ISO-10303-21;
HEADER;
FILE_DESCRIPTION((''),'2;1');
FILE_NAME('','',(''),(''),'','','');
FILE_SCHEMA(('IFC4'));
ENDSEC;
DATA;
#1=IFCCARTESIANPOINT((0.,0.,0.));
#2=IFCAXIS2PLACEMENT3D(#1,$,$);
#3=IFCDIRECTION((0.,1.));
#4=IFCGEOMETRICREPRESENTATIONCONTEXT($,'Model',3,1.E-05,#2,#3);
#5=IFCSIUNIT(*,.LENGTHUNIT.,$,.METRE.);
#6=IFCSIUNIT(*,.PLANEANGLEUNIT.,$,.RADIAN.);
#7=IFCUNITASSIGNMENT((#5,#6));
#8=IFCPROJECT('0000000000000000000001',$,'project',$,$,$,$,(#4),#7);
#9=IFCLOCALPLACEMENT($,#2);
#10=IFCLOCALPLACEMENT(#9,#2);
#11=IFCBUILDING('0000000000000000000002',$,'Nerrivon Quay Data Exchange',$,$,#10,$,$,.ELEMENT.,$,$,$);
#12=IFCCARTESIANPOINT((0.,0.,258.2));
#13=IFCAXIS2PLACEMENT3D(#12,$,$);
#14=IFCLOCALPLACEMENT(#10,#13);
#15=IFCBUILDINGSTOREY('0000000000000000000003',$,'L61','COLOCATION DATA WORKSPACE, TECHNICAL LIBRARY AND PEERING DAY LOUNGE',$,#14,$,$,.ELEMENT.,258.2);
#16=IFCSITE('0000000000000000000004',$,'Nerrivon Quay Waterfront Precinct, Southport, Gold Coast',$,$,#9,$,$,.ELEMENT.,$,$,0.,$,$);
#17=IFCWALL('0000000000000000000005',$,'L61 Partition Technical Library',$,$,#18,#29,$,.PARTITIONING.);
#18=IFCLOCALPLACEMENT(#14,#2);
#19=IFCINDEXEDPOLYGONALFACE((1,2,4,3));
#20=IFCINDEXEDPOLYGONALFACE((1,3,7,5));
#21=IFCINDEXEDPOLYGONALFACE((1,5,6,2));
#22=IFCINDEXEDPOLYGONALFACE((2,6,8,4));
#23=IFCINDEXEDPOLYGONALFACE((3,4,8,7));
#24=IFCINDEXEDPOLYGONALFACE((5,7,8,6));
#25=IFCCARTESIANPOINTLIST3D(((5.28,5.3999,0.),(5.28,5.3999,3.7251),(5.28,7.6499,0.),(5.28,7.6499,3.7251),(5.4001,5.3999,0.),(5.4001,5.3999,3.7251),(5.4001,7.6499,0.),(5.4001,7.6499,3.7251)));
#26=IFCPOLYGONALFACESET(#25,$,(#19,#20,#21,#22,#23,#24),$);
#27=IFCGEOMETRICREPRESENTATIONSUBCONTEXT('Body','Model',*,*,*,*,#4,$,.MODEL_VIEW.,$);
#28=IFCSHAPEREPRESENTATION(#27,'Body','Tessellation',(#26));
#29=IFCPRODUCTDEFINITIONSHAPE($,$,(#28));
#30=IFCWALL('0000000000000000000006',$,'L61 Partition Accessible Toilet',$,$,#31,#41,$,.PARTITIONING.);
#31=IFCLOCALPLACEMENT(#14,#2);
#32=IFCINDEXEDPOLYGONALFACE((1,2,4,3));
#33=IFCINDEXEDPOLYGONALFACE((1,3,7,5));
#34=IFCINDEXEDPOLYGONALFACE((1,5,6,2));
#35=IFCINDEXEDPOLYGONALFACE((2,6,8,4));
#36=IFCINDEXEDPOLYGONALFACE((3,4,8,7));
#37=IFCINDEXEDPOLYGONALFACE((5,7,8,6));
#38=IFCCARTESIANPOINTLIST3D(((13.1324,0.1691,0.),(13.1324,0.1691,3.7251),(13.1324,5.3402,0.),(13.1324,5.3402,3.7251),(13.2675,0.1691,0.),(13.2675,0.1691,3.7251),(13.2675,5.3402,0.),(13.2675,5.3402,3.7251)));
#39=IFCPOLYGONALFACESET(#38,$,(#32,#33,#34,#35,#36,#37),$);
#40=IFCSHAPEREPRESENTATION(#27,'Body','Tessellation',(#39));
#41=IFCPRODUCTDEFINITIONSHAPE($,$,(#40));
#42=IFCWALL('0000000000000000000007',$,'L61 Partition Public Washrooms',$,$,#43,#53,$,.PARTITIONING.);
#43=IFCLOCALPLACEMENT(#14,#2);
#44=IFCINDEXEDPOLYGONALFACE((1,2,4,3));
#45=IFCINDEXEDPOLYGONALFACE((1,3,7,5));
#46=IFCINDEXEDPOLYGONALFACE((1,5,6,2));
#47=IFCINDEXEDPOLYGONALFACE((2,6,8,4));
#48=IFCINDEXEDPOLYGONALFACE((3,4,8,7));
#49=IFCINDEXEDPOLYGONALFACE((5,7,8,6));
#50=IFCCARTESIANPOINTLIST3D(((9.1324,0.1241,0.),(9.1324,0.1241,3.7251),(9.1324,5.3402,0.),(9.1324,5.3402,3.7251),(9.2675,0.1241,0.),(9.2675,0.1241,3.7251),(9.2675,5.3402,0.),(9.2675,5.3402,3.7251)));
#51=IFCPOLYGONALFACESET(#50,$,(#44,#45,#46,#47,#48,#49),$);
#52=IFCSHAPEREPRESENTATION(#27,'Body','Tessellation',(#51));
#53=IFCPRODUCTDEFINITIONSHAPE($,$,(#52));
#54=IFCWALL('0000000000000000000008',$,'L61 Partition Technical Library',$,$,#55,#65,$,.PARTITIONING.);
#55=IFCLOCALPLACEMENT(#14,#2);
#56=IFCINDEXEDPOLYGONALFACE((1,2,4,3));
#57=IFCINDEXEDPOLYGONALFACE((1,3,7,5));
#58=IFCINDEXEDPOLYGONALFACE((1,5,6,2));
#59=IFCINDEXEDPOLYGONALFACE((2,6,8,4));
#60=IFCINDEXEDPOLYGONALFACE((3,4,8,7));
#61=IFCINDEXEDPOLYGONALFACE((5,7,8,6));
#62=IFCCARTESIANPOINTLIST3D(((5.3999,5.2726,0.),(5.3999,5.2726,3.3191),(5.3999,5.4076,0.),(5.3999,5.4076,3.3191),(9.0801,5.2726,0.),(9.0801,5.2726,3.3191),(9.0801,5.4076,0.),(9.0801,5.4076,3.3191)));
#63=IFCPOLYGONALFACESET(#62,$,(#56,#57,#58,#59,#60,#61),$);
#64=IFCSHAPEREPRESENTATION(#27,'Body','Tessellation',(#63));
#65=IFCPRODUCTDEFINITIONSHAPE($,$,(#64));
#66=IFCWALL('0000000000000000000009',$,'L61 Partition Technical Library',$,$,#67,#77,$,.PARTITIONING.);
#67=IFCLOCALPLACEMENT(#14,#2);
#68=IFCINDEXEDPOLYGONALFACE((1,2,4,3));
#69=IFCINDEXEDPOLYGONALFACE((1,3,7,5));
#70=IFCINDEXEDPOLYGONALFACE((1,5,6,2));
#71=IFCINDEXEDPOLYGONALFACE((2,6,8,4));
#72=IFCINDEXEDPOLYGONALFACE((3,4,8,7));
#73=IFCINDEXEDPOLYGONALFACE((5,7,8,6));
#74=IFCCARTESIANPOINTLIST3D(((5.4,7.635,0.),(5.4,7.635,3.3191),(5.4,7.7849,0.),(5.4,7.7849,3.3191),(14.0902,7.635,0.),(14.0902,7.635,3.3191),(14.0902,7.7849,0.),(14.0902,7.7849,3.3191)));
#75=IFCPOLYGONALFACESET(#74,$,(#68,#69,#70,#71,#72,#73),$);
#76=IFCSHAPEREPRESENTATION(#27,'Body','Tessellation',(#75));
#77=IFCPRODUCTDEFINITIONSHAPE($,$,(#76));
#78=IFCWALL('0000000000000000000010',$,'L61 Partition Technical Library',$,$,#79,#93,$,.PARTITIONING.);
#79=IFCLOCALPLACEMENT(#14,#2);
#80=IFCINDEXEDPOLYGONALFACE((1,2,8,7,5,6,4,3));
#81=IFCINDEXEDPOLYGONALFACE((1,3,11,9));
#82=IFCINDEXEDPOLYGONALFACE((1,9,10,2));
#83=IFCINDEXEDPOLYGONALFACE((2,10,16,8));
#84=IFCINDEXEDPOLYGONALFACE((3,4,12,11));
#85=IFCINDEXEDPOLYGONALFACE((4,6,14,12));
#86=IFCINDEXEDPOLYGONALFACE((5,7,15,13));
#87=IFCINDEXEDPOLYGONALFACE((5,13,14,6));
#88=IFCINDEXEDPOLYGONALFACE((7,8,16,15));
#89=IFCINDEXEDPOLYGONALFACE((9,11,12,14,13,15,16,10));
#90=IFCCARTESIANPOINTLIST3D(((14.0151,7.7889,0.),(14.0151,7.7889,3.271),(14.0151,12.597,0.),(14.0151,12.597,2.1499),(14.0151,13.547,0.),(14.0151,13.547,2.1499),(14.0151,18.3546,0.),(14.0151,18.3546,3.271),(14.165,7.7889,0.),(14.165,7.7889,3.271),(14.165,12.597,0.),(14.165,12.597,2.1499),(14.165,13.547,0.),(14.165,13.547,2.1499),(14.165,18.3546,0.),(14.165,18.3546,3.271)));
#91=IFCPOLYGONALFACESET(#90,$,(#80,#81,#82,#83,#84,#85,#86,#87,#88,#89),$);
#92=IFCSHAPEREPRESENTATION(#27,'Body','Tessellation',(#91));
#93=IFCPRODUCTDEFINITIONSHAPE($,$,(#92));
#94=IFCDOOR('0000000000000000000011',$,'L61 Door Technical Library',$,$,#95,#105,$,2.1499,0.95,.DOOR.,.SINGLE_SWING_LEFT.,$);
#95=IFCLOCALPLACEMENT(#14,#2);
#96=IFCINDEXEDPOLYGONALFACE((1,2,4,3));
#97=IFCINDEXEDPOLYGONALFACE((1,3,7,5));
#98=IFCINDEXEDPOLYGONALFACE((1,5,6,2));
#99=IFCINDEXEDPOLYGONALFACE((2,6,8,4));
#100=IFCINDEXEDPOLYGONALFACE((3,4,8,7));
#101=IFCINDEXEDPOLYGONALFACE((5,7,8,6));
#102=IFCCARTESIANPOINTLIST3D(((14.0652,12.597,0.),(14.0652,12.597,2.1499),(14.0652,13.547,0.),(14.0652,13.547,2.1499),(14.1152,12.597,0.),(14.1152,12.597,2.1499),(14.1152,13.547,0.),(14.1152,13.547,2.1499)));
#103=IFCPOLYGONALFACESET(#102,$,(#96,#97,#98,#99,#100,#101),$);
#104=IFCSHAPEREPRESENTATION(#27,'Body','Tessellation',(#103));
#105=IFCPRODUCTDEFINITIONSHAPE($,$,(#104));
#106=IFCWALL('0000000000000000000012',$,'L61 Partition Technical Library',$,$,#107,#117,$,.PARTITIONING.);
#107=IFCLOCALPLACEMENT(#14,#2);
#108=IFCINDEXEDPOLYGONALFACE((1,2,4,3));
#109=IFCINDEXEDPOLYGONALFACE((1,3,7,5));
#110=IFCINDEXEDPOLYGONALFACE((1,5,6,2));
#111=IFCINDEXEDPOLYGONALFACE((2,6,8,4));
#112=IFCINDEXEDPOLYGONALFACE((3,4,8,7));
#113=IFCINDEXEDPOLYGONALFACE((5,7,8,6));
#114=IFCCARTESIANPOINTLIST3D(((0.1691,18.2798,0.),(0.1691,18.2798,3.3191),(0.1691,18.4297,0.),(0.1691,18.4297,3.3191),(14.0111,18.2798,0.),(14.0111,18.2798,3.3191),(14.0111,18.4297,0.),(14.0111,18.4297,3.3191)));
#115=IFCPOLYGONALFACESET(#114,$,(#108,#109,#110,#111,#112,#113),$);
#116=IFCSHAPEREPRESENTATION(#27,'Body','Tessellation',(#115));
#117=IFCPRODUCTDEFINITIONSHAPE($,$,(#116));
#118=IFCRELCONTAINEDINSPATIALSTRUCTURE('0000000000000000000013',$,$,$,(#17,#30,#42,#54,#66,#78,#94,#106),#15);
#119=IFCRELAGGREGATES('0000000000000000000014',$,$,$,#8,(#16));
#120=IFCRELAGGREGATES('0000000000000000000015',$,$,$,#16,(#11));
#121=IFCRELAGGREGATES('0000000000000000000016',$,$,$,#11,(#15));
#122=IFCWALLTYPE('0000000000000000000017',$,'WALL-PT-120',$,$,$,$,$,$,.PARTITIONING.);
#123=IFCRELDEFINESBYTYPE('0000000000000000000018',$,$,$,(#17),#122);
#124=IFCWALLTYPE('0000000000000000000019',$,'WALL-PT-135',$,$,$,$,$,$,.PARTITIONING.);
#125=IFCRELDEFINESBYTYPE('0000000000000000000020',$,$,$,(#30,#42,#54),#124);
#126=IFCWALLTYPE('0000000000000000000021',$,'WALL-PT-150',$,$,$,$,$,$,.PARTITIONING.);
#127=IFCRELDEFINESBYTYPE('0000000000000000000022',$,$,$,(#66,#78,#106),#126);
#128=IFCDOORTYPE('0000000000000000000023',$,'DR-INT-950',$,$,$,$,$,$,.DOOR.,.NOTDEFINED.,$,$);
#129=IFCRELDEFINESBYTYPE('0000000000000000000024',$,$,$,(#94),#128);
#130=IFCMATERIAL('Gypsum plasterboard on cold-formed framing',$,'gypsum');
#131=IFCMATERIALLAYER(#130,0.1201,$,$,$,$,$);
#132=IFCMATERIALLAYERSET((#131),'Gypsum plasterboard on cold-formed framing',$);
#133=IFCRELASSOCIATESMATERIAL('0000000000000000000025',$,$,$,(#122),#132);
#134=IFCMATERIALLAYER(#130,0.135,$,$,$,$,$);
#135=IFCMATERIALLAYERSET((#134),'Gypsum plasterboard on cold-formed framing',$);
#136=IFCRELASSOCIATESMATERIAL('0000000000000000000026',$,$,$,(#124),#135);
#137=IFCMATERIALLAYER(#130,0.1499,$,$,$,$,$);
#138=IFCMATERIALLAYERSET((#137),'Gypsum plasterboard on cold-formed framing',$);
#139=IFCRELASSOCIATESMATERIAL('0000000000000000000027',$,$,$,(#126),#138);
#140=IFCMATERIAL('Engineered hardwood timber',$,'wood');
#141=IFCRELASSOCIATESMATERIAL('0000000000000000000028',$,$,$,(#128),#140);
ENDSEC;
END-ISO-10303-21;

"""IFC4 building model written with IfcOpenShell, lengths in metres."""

from ifc_helpers import new_model, si_unit, direction, frame, frame_2d, origin, place, context, subcontext, project, spatial, rectangle, extrude, material, layer, layer_set, type_object, element, fill, save


model = new_model("IFC4")

# Units and contexts
model_context = context("Model", 3, precision=1e-05, world=origin(), true_north=direction((0.0, 1.0)))
body_context = subcontext(model_context, "Body", "Model", "MODEL_VIEW")
ifc_project = project(units=[si_unit("LENGTHUNIT", "METRE"), si_unit("PLANEANGLEUNIT", "RADIAN")], contexts=[model_context])

# Site, building, storey
site_placement = place(None, origin())
site = spatial("IfcSite", under=ifc_project, at=site_placement, Name="Nerrivon Quay Waterfront Precinct, Southport, Gold Coast", CompositionType="ELEMENT", RefElevation=0.0)
building_placement = place(site_placement, origin())
building = spatial("IfcBuilding", under=site, at=building_placement, Name="Nerrivon Quay Data Exchange", CompositionType="ELEMENT")
storey_placement = place(building_placement, frame((0.0, 0.0, 258.2)))
storey = spatial("IfcBuildingStorey", under=building, at=storey_placement, Name="L61", Description="COLOCATION DATA WORKSPACE, TECHNICAL LIBRARY AND PEERING DAY LOUNGE", CompositionType="ELEMENT", Elevation=258.2)

# Shared definitions
ifc_material_1 = material(Name="Gypsum plasterboard on cold-formed framing", Category="gypsum")

# Shared definitions
ifc_layer_1 = layer(ifc_material_1, 0.1201)
ifc_layer_set_1 = layer_set([ifc_layer_1], Name="Gypsum plasterboard on cold-formed framing")
wall_type_1 = type_object("IfcWallType", Name="WALL-PT-120", PredefinedType="PARTITIONING", material=ifc_layer_set_1)
ifc_material_2 = material(Name="Engineered hardwood timber", Category="wood")

# Walls
wall_1_placement = place(storey_placement, frame((5.3401, 5.3999, 0.0), z_axis=(0.0, 0.0, 1.0), x_axis=(0.0, 1.0, 0.0)))
element("IfcWall", 1, at=wall_1_placement, inside=storey, type_object=wall_type_1, Name="L61 Partition Technical Library", PredefinedType="PARTITIONING", context=body_context, shape_type="SweptSolid", body=[
    extrude(rectangle(XDim=2.25, YDim=0.1201, at=frame_2d((1.125, 0.0))), origin(), (0.0, 0.0, 1.0), 3.7251),
])
ifc_layer_2 = layer(ifc_material_1, 0.135)
ifc_layer_set_2 = layer_set([ifc_layer_2], Name="Gypsum plasterboard on cold-formed framing")
wall_type_2 = type_object("IfcWallType", Name="WALL-PT-135", PredefinedType="PARTITIONING", material=ifc_layer_set_2)
wall_2_placement = place(storey_placement, frame((13.2, 5.3401, 0.0), z_axis=(0.0, 0.0, 1.0), x_axis=(0.0, -1.0, 0.0)))
element("IfcWall", 2, at=wall_2_placement, inside=storey, type_object=wall_type_2, Name="L61 Partition Accessible Toilet", PredefinedType="PARTITIONING", context=body_context, shape_type="SweptSolid", body=[
    extrude(rectangle(XDim=5.1711, YDim=0.135, at=frame_2d((2.5854, 0.0))), origin(), (0.0, 0.0, 1.0), 3.7251),
])
wall_3_placement = place(storey_placement, frame((9.2, 5.3401, 0.0), z_axis=(0.0, 0.0, 1.0), x_axis=(0.0, -1.0, 0.0)))
element("IfcWall", 3, at=wall_3_placement, inside=storey, type_object=wall_type_2, Name="L61 Partition Public Washrooms", PredefinedType="PARTITIONING", context=body_context, shape_type="SweptSolid", body=[
    extrude(rectangle(XDim=5.2161, YDim=0.135, at=frame_2d((2.6079, 0.0))), origin(), (0.0, 0.0, 1.0), 3.7251),
])
wall_4_placement = place(storey_placement, frame((9.0801, 5.3401, 0.0), z_axis=(0.0, 0.0, 1.0), x_axis=(-1.0, 0.0, 0.0)))
element("IfcWall", 4, at=wall_4_placement, inside=storey, type_object=wall_type_2, Name="L61 Partition Technical Library", PredefinedType="PARTITIONING", context=body_context, shape_type="SweptSolid", body=[
    extrude(rectangle(XDim=3.6802, YDim=0.135, at=frame_2d((1.8401, 0.0))), origin(), (0.0, 0.0, 1.0), 3.3191),
])
ifc_layer_3 = layer(ifc_material_1, 0.1499)
ifc_layer_set_3 = layer_set([ifc_layer_3], Name="Gypsum plasterboard on cold-formed framing")
wall_type_3 = type_object("IfcWallType", Name="WALL-PT-150", PredefinedType="PARTITIONING", material=ifc_layer_set_3)
wall_5_placement = place(storey_placement, frame((5.3999, 7.71, 0.0), z_axis=(0.0, 0.0, 1.0), x_axis=(1.0, 0.0, 0.0)))
element("IfcWall", 5, at=wall_5_placement, inside=storey, type_object=wall_type_3, Name="L61 Partition Technical Library", PredefinedType="PARTITIONING", context=body_context, shape_type="SweptSolid", body=[
    extrude(rectangle(XDim=8.6902, YDim=0.1499, at=frame_2d((4.3452, 0.0))), origin(), (0.0, 0.0, 1.0), 3.3191),
])

# Wall, opening, door
wall_6_placement = place(storey_placement, frame((14.0901, 7.7891, 0.0), z_axis=(0.0, 0.0, 1.0), x_axis=(0.0, 1.0, 0.0)))
wall_6 = element("IfcWall", 6, at=wall_6_placement, inside=storey, type_object=wall_type_3, Name="L61 Partition Technical Library", PredefinedType="PARTITIONING", context=body_context, shape_type="SweptSolid", body=[
    extrude(rectangle(XDim=10.5657, YDim=0.1499, at=frame_2d((5.2827, 0.0))), origin(), (0.0, 0.0, 1.0), 3.271),
])
opening_1_placement = place(wall_6_placement, frame((4.8079, 0.0, 0.0)))
opening_1 = element("IfcOpeningElement", 7, at=opening_1_placement, cuts=wall_6, PredefinedType="OPENING", context=body_context, shape_type="SweptSolid", body=[
    extrude(rectangle(XDim=0.95, YDim=2.1499, at=frame_2d((0.4751, 1.075))), frame((0.0, 0.085, 0.0), z_axis=(0.0, -1.0, 0.0), x_axis=(1.0, 0.0, 0.0)), (0.0, 0.0, 1.0), 0.1699),
])
door_type_1 = type_object("IfcDoorType", Name="DR-INT-950", OperationType="NOTDEFINED", PredefinedType="DOOR", material=ifc_material_2)
door_1_placement = place(opening_1_placement, origin())
door_1 = element("IfcDoor", 8, at=door_1_placement, inside=storey, type_object=door_type_1, Name="L61 Door Technical Library", OperationType="SINGLE_SWING_LEFT", OverallHeight=2.1499, OverallWidth=0.95, PredefinedType="DOOR", context=body_context, shape_type="SweptSolid", body=[
    extrude(rectangle(XDim=0.95, YDim=2.1499, at=frame_2d((0.4751, 1.075))), frame((0.0, 0.0249, 0.0), z_axis=(0.0, -1.0, 0.0), x_axis=(1.0, 0.0, 0.0)), (0.0, 0.0, 1.0), 0.05),
])
fill(opening_1, door_1)

# Wall
wall_7_placement = place(storey_placement, frame((14.011, 18.3547, 0.0), z_axis=(0.0, 0.0, 1.0), x_axis=(-1.0, 0.0, 0.0)))
element("IfcWall", 9, at=wall_7_placement, inside=storey, type_object=wall_type_3, Name="L61 Partition Technical Library", PredefinedType="PARTITIONING", context=body_context, shape_type="SweptSolid", body=[
    extrude(rectangle(XDim=13.842, YDim=0.1499, at=frame_2d((6.9209, 0.0))), origin(), (0.0, 0.0, 1.0), 3.3191),
])

save(model, "model.ifc")
